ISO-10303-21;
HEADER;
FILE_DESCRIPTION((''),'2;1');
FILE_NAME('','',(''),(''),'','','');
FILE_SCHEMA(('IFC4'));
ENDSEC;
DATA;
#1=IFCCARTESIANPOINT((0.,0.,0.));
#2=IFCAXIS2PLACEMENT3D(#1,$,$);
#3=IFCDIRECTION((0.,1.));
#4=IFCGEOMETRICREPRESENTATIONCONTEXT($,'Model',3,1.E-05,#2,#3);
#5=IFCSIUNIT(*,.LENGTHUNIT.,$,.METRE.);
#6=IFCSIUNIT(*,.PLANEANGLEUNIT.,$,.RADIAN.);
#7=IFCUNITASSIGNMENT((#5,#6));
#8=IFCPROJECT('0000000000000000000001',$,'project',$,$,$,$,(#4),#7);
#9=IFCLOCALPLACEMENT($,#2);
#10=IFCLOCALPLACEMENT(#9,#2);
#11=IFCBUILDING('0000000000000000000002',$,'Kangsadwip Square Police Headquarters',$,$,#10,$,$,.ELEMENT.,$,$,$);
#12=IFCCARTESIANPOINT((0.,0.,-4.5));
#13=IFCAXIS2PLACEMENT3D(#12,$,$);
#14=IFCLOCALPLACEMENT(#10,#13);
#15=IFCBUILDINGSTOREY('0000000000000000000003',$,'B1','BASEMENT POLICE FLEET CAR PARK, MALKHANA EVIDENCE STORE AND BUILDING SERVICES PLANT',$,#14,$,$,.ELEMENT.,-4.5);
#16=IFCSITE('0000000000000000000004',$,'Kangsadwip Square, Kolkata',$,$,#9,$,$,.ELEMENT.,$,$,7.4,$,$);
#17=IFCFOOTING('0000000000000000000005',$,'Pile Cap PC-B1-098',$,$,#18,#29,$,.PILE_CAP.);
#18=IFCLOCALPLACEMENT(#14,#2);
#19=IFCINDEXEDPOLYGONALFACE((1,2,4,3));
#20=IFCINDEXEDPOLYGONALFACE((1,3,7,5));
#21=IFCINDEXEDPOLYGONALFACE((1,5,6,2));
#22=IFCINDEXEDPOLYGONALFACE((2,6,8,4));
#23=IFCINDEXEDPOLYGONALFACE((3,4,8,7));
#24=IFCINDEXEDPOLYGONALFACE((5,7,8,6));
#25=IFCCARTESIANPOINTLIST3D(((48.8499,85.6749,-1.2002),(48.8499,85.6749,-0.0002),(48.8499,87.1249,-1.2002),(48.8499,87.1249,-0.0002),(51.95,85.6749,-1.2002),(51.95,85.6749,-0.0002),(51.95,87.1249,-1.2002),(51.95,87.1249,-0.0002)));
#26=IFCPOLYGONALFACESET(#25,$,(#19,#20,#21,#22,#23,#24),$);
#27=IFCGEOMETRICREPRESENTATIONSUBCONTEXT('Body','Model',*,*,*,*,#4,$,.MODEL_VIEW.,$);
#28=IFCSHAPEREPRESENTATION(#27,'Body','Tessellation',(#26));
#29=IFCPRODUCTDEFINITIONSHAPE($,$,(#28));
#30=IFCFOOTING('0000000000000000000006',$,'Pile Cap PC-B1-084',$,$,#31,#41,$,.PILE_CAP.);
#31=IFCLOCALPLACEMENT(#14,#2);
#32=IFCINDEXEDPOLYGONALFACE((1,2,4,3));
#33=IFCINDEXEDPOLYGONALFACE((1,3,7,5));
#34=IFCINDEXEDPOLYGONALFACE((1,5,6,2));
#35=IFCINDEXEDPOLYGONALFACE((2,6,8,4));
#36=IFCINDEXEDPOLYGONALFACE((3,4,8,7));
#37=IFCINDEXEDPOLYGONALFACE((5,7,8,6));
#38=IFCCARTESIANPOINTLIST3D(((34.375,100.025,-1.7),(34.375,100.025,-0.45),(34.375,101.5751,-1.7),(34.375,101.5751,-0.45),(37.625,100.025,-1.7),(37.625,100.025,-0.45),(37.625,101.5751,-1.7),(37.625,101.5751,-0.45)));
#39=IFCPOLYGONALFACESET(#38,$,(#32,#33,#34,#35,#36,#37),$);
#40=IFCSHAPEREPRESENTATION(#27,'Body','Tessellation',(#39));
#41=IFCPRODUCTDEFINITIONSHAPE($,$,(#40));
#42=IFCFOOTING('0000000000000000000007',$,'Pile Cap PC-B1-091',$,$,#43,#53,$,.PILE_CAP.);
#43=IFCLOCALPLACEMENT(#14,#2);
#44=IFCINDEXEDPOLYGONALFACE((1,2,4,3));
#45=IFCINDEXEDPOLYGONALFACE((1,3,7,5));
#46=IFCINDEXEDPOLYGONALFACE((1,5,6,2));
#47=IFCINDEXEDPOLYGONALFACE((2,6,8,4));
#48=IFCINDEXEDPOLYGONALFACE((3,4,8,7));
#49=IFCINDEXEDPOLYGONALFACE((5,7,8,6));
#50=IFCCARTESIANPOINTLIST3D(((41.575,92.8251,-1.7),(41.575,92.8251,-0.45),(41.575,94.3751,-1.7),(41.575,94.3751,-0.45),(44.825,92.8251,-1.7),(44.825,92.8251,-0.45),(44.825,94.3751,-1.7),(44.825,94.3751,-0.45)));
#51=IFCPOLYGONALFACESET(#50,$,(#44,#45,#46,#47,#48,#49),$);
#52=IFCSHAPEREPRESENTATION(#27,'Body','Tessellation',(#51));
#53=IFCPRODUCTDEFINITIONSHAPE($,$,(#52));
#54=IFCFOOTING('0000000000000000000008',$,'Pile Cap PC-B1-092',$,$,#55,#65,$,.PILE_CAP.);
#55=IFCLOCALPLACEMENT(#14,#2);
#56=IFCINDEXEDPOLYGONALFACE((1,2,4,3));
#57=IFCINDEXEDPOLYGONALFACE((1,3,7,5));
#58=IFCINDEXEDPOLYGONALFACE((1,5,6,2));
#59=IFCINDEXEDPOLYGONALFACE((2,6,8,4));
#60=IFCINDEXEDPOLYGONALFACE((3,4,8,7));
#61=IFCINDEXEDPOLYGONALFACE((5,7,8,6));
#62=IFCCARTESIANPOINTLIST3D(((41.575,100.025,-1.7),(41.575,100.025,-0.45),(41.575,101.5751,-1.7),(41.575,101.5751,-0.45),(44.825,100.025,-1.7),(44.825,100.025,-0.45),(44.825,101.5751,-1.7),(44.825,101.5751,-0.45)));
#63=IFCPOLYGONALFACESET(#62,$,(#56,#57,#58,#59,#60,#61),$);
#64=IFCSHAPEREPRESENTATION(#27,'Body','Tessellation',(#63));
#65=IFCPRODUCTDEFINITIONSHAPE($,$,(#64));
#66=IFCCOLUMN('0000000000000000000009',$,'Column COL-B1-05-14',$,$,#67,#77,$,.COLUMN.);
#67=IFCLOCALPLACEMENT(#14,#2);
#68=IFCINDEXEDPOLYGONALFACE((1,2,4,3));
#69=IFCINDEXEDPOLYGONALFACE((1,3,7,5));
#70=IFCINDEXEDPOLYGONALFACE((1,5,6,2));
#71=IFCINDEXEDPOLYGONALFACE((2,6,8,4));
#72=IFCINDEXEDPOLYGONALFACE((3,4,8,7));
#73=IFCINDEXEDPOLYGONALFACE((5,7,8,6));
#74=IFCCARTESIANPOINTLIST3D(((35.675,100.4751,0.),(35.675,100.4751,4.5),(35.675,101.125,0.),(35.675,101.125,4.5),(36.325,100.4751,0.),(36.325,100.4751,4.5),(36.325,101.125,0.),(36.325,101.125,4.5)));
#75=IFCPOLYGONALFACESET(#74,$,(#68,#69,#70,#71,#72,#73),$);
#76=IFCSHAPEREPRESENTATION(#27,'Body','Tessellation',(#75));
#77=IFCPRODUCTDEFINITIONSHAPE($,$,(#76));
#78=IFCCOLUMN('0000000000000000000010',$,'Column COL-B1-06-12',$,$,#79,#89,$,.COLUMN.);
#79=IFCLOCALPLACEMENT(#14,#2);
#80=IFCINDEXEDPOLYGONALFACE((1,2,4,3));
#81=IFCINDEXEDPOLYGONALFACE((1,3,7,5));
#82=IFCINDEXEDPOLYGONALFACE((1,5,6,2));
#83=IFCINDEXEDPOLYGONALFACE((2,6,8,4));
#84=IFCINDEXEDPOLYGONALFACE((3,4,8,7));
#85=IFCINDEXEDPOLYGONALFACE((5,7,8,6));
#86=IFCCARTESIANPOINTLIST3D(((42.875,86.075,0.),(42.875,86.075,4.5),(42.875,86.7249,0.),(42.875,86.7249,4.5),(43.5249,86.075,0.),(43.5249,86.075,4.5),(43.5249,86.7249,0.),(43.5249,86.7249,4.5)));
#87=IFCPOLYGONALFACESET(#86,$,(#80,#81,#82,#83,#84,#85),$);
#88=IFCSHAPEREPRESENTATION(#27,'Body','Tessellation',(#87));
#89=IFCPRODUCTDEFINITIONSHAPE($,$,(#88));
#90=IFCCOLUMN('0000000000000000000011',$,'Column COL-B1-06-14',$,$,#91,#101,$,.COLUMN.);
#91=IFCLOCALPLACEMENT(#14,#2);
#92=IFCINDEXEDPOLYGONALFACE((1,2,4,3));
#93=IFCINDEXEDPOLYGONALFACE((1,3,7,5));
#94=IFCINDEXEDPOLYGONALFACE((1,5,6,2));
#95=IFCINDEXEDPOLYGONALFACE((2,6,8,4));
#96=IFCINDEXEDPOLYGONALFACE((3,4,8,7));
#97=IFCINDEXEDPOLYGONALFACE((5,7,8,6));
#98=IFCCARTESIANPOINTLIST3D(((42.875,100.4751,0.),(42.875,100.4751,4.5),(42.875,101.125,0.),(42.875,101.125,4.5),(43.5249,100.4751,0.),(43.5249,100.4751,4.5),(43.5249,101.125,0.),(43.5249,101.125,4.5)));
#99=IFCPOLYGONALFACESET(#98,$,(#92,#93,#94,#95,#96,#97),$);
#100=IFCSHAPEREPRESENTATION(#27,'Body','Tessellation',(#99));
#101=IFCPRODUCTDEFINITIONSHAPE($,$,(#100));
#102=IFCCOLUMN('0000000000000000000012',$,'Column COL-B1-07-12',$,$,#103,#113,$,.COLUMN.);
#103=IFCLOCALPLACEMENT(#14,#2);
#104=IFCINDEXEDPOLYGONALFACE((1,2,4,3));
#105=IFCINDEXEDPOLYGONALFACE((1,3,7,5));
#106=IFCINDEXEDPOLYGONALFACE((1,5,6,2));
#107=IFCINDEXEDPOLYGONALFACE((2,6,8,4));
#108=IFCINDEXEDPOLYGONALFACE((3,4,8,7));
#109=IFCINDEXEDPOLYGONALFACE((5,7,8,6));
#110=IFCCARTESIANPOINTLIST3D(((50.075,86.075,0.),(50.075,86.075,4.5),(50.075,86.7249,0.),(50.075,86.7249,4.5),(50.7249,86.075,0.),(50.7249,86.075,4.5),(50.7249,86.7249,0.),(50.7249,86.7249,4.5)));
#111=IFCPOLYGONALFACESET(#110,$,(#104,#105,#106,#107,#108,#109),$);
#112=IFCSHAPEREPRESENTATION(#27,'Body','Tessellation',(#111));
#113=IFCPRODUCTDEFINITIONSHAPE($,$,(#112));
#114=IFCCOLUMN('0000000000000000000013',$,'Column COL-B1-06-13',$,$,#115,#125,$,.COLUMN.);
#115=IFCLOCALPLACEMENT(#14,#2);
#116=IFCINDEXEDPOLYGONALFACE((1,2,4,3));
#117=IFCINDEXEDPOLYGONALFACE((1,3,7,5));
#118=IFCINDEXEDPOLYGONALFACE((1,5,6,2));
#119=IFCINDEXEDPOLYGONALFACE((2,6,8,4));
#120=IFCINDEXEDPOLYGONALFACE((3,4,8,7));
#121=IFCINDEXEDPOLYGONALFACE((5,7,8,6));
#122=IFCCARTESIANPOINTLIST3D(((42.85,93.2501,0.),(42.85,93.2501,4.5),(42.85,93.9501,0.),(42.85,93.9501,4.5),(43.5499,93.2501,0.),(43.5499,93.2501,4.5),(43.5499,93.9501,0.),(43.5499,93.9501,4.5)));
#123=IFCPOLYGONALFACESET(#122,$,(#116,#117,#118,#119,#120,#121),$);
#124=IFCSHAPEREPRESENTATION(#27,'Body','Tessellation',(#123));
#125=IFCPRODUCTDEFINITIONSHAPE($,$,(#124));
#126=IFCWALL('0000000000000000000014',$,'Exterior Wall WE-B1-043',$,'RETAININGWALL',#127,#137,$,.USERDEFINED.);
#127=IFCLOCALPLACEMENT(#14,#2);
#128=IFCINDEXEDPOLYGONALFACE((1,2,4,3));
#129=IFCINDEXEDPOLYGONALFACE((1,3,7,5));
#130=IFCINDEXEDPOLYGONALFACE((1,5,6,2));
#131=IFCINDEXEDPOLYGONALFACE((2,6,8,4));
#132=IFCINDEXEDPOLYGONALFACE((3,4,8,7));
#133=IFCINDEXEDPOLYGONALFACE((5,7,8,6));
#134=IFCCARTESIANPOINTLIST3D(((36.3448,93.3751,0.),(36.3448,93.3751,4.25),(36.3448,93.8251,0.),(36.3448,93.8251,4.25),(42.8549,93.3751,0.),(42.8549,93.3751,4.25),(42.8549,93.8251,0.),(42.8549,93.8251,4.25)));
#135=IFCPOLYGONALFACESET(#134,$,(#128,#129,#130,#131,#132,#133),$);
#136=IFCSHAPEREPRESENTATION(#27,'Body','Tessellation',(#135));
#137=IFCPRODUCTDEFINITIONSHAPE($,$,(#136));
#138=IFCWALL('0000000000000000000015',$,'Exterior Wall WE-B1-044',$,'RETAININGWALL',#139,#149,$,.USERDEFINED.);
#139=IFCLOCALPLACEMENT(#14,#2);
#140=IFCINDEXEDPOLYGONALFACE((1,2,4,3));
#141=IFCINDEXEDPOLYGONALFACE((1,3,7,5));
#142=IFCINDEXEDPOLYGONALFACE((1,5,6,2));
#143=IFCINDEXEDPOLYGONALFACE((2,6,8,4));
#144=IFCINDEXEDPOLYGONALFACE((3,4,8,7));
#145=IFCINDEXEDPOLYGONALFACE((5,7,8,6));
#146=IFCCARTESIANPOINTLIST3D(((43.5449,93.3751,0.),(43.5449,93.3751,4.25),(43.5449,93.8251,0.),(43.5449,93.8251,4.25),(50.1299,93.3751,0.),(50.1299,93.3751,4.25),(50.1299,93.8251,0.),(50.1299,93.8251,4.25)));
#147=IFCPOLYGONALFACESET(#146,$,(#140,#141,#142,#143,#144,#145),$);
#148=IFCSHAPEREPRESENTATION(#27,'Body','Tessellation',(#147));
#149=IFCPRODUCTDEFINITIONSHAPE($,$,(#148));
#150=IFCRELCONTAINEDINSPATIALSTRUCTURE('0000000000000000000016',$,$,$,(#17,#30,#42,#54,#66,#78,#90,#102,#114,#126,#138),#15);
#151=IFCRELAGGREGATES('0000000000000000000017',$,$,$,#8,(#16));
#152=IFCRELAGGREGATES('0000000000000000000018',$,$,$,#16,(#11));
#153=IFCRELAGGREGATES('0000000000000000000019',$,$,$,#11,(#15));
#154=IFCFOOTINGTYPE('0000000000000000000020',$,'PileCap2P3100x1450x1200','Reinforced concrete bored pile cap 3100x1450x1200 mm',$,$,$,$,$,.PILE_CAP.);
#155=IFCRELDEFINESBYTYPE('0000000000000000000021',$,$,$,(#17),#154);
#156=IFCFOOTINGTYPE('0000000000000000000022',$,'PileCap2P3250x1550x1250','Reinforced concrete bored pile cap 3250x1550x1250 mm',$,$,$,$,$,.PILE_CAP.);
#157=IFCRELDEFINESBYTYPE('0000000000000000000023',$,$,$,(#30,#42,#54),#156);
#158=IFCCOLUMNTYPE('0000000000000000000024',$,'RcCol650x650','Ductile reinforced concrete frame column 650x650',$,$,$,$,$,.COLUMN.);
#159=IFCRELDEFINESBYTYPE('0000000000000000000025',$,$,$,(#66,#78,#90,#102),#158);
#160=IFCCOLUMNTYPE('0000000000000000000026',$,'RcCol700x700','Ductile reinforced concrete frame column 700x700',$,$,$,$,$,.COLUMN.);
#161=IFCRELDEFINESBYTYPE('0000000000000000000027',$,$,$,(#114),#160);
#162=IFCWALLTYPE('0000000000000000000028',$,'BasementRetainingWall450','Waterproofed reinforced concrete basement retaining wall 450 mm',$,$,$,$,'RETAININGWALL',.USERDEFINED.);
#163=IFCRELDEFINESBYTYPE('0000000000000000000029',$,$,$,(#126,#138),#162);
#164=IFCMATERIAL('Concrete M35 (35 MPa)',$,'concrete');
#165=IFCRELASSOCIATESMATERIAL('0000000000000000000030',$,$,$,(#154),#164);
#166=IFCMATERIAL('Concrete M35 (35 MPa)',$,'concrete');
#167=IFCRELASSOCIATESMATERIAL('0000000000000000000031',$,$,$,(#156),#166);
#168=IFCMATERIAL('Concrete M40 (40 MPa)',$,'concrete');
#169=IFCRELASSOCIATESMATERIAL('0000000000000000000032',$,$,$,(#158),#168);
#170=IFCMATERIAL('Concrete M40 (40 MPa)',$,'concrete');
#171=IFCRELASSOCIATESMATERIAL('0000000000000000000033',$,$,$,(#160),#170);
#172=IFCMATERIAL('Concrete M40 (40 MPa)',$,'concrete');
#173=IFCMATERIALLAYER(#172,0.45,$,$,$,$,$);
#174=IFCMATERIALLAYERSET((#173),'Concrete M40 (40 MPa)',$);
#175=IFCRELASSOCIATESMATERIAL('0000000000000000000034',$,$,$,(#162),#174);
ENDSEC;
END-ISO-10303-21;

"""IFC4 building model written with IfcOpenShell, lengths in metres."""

from ifc_helpers import new_model, si_unit, direction, frame, frame_2d, origin, origin_2d, place, context, subcontext, project, spatial, rectangle, extrude, material, layer, layer_set, material_profile, profile_set, type_object, element, save


model = new_model("IFC4")

# Units and contexts
model_context = context("Model", 3, precision=1e-05, world=origin(), true_north=direction((0.0, 1.0)))
body_context = subcontext(model_context, "Body", "Model", "MODEL_VIEW")
ifc_project = project(units=[si_unit("LENGTHUNIT", "METRE"), si_unit("PLANEANGLEUNIT", "RADIAN")], contexts=[model_context])

# Site, building, storey
site_placement = place(None, origin())
site = spatial("IfcSite", under=ifc_project, at=site_placement, Name="Kangsadwip Square, Kolkata", CompositionType="ELEMENT", RefElevation=7.4)
building_placement = place(site_placement, origin())
building = spatial("IfcBuilding", under=site, at=building_placement, Name="Kangsadwip Square Police Headquarters", CompositionType="ELEMENT")
storey_placement = place(building_placement, frame((0.0, 0.0, -4.5)))
storey = spatial("IfcBuildingStorey", under=building, at=storey_placement, Name="B1", Description="BASEMENT POLICE FLEET CAR PARK, MALKHANA EVIDENCE STORE AND BUILDING SERVICES PLANT", CompositionType="ELEMENT", Elevation=-4.5)

# Footings
ifc_material_1 = material(Name="Concrete M35 (35 MPa)", Category="concrete")
footing_type_1 = type_object("IfcFootingType", Name="PileCap2P3100x1450x1200", Description="Reinforced concrete bored pile cap 3100x1450x1200 mm", PredefinedType="PILE_CAP", material=ifc_material_1)
for number, where, z_axis, x_axis, name in (
    (1, (50.3999, 86.3999, -1.2002), (0.0, 0.0, 1.0), (1.0, 0.0, 0.0), "Pile Cap PC-B1-098"),
):
    element("IfcFooting", number, at=place(storey_placement, frame(where, z_axis=z_axis, x_axis=x_axis)), inside=storey, type_object=footing_type_1, Name=name, PredefinedType="PILE_CAP", context=body_context, shape_type="SweptSolid", body=[
        extrude(rectangle(XDim=3.1001, YDim=1.45, at=origin_2d()), origin(), (0.0, 0.0, 1.0), 1.2),
    ])
ifc_material_2 = material(Name="Concrete M35 (35 MPa)", Category="concrete")
footing_type_2 = type_object("IfcFootingType", Name="PileCap2P3250x1550x1250", Description="Reinforced concrete bored pile cap 3250x1550x1250 mm", PredefinedType="PILE_CAP", material=ifc_material_2)
for number, where, z_axis, x_axis, name in (
    (2, (36.0, 100.8, -1.7), (0.0, 0.0, 1.0), (1.0, 0.0, 0.0), "Pile Cap PC-B1-084"),
    (3, (43.2, 93.6001, -1.7), (0.0, 0.0, 1.0), (1.0, 0.0, 0.0), "Pile Cap PC-B1-091"),
    (4, (43.2, 100.8, -1.7), (0.0, 0.0, 1.0), (1.0, 0.0, 0.0), "Pile Cap PC-B1-092"),
):
    element("IfcFooting", number, at=place(storey_placement, frame(where, z_axis=z_axis, x_axis=x_axis)), inside=storey, type_object=footing_type_2, Name=name, PredefinedType="PILE_CAP", context=body_context, shape_type="SweptSolid", body=[
        extrude(rectangle(XDim=3.25, YDim=1.55, at=origin_2d()), origin(), (0.0, 0.0, 1.0), 1.25),
    ])

# Columns
ifc_material_3 = material(Name="Concrete M40 (40 MPa)", Category="concrete")
ifc_material_profile_1 = material_profile(ifc_material_3, rectangle(XDim=0.6499, YDim=0.6499, at=origin_2d()), Name="RC COL 650X650")
ifc_profile_set_1 = profile_set([ifc_material_profile_1], Name="Concrete M40 (40 MPa)")
column_type_1 = type_object("IfcColumnType", Name="RcCol650x650", Description="Ductile reinforced concrete frame column 650x650", PredefinedType="COLUMN", material=ifc_profile_set_1)
for number, where, z_axis, x_axis, name in (
    (5, (36.0, 100.8, 0.0), (0.0, 0.0, 1.0), (1.0, 0.0, 0.0), "Column COL-B1-05-14"),
    (6, (43.2, 86.3999, 0.0), (0.0, 0.0, 1.0), (1.0, 0.0, 0.0), "Column COL-B1-06-12"),
    (7, (43.2, 100.8, 0.0), (0.0, 0.0, 1.0), (1.0, 0.0, 0.0), "Column COL-B1-06-14"),
    (8, (50.3999, 86.3999, 0.0), (0.0, 0.0, 1.0), (1.0, 0.0, 0.0), "Column COL-B1-07-12"),
):
    element("IfcColumn", number, at=place(storey_placement, frame(where, z_axis=z_axis, x_axis=x_axis)), inside=storey, type_object=column_type_1, Name=name, PredefinedType="COLUMN", context=body_context, shape_type="SweptSolid", body=[
        extrude(rectangle(XDim=0.6499, YDim=0.6499, at=origin_2d()), origin(), (0.0, 0.0, 1.0), 4.5),
    ])
ifc_material_4 = material(Name="Concrete M40 (40 MPa)", Category="concrete")
ifc_material_profile_2 = material_profile(ifc_material_4, rectangle(XDim=0.7, YDim=0.7, at=origin_2d()), Name="RC COL 700X700")
ifc_profile_set_2 = profile_set([ifc_material_profile_2], Name="Concrete M40 (40 MPa)")
column_type_2 = type_object("IfcColumnType", Name="RcCol700x700", Description="Ductile reinforced concrete frame column 700x700", PredefinedType="COLUMN", material=ifc_profile_set_2)
column_placement = place(storey_placement, frame((43.2, 93.6001, 0.0), z_axis=(0.0, 0.0, 1.0), x_axis=(1.0, 0.0, 0.0)))
element("IfcColumn", 9, at=column_placement, inside=storey, type_object=column_type_2, Name="Column COL-B1-06-13", PredefinedType="COLUMN", context=body_context, shape_type="SweptSolid", body=[
    extrude(rectangle(XDim=0.7, YDim=0.7, at=origin_2d()), origin(), (0.0, 0.0, 1.0), 4.5),
])

# Walls
ifc_material_5 = material(Name="Concrete M40 (40 MPa)", Category="concrete")
ifc_layer = layer(ifc_material_5, 0.45)
ifc_layer_set = layer_set([ifc_layer], Name="Concrete M40 (40 MPa)")
wall_type = type_object("IfcWallType", Name="BasementRetainingWall450", Description="Waterproofed reinforced concrete basement retaining wall 450 mm", ElementType="RETAININGWALL", PredefinedType="USERDEFINED", material=ifc_layer_set)
wall_1_placement = place(storey_placement, frame((36.345, 93.6001, 0.0), z_axis=(0.0, 0.0, 1.0), x_axis=(1.0, 0.0, 0.0)))
element("IfcWall", 10, at=wall_1_placement, inside=storey, type_object=wall_type, Name="Exterior Wall WE-B1-043", ObjectType="RETAININGWALL", PredefinedType="USERDEFINED", context=body_context, shape_type="SweptSolid", body=[
    extrude(rectangle(XDim=6.51, YDim=0.45, at=frame_2d((3.2549, 0.0))), origin(), (0.0, 0.0, 1.0), 4.25),
])
wall_2_placement = place(storey_placement, frame((43.5449, 93.6001, 0.0), z_axis=(0.0, 0.0, 1.0), x_axis=(1.0, 0.0, 0.0)))
element("IfcWall", 11, at=wall_2_placement, inside=storey, type_object=wall_type, Name="Exterior Wall WE-B1-044", ObjectType="RETAININGWALL", PredefinedType="USERDEFINED", context=body_context, shape_type="SweptSolid", body=[
    extrude(rectangle(XDim=6.585, YDim=0.45, at=frame_2d((3.2925, 0.0))), origin(), (0.0, 0.0, 1.0), 4.25),
])

save(model, "model.ifc")
